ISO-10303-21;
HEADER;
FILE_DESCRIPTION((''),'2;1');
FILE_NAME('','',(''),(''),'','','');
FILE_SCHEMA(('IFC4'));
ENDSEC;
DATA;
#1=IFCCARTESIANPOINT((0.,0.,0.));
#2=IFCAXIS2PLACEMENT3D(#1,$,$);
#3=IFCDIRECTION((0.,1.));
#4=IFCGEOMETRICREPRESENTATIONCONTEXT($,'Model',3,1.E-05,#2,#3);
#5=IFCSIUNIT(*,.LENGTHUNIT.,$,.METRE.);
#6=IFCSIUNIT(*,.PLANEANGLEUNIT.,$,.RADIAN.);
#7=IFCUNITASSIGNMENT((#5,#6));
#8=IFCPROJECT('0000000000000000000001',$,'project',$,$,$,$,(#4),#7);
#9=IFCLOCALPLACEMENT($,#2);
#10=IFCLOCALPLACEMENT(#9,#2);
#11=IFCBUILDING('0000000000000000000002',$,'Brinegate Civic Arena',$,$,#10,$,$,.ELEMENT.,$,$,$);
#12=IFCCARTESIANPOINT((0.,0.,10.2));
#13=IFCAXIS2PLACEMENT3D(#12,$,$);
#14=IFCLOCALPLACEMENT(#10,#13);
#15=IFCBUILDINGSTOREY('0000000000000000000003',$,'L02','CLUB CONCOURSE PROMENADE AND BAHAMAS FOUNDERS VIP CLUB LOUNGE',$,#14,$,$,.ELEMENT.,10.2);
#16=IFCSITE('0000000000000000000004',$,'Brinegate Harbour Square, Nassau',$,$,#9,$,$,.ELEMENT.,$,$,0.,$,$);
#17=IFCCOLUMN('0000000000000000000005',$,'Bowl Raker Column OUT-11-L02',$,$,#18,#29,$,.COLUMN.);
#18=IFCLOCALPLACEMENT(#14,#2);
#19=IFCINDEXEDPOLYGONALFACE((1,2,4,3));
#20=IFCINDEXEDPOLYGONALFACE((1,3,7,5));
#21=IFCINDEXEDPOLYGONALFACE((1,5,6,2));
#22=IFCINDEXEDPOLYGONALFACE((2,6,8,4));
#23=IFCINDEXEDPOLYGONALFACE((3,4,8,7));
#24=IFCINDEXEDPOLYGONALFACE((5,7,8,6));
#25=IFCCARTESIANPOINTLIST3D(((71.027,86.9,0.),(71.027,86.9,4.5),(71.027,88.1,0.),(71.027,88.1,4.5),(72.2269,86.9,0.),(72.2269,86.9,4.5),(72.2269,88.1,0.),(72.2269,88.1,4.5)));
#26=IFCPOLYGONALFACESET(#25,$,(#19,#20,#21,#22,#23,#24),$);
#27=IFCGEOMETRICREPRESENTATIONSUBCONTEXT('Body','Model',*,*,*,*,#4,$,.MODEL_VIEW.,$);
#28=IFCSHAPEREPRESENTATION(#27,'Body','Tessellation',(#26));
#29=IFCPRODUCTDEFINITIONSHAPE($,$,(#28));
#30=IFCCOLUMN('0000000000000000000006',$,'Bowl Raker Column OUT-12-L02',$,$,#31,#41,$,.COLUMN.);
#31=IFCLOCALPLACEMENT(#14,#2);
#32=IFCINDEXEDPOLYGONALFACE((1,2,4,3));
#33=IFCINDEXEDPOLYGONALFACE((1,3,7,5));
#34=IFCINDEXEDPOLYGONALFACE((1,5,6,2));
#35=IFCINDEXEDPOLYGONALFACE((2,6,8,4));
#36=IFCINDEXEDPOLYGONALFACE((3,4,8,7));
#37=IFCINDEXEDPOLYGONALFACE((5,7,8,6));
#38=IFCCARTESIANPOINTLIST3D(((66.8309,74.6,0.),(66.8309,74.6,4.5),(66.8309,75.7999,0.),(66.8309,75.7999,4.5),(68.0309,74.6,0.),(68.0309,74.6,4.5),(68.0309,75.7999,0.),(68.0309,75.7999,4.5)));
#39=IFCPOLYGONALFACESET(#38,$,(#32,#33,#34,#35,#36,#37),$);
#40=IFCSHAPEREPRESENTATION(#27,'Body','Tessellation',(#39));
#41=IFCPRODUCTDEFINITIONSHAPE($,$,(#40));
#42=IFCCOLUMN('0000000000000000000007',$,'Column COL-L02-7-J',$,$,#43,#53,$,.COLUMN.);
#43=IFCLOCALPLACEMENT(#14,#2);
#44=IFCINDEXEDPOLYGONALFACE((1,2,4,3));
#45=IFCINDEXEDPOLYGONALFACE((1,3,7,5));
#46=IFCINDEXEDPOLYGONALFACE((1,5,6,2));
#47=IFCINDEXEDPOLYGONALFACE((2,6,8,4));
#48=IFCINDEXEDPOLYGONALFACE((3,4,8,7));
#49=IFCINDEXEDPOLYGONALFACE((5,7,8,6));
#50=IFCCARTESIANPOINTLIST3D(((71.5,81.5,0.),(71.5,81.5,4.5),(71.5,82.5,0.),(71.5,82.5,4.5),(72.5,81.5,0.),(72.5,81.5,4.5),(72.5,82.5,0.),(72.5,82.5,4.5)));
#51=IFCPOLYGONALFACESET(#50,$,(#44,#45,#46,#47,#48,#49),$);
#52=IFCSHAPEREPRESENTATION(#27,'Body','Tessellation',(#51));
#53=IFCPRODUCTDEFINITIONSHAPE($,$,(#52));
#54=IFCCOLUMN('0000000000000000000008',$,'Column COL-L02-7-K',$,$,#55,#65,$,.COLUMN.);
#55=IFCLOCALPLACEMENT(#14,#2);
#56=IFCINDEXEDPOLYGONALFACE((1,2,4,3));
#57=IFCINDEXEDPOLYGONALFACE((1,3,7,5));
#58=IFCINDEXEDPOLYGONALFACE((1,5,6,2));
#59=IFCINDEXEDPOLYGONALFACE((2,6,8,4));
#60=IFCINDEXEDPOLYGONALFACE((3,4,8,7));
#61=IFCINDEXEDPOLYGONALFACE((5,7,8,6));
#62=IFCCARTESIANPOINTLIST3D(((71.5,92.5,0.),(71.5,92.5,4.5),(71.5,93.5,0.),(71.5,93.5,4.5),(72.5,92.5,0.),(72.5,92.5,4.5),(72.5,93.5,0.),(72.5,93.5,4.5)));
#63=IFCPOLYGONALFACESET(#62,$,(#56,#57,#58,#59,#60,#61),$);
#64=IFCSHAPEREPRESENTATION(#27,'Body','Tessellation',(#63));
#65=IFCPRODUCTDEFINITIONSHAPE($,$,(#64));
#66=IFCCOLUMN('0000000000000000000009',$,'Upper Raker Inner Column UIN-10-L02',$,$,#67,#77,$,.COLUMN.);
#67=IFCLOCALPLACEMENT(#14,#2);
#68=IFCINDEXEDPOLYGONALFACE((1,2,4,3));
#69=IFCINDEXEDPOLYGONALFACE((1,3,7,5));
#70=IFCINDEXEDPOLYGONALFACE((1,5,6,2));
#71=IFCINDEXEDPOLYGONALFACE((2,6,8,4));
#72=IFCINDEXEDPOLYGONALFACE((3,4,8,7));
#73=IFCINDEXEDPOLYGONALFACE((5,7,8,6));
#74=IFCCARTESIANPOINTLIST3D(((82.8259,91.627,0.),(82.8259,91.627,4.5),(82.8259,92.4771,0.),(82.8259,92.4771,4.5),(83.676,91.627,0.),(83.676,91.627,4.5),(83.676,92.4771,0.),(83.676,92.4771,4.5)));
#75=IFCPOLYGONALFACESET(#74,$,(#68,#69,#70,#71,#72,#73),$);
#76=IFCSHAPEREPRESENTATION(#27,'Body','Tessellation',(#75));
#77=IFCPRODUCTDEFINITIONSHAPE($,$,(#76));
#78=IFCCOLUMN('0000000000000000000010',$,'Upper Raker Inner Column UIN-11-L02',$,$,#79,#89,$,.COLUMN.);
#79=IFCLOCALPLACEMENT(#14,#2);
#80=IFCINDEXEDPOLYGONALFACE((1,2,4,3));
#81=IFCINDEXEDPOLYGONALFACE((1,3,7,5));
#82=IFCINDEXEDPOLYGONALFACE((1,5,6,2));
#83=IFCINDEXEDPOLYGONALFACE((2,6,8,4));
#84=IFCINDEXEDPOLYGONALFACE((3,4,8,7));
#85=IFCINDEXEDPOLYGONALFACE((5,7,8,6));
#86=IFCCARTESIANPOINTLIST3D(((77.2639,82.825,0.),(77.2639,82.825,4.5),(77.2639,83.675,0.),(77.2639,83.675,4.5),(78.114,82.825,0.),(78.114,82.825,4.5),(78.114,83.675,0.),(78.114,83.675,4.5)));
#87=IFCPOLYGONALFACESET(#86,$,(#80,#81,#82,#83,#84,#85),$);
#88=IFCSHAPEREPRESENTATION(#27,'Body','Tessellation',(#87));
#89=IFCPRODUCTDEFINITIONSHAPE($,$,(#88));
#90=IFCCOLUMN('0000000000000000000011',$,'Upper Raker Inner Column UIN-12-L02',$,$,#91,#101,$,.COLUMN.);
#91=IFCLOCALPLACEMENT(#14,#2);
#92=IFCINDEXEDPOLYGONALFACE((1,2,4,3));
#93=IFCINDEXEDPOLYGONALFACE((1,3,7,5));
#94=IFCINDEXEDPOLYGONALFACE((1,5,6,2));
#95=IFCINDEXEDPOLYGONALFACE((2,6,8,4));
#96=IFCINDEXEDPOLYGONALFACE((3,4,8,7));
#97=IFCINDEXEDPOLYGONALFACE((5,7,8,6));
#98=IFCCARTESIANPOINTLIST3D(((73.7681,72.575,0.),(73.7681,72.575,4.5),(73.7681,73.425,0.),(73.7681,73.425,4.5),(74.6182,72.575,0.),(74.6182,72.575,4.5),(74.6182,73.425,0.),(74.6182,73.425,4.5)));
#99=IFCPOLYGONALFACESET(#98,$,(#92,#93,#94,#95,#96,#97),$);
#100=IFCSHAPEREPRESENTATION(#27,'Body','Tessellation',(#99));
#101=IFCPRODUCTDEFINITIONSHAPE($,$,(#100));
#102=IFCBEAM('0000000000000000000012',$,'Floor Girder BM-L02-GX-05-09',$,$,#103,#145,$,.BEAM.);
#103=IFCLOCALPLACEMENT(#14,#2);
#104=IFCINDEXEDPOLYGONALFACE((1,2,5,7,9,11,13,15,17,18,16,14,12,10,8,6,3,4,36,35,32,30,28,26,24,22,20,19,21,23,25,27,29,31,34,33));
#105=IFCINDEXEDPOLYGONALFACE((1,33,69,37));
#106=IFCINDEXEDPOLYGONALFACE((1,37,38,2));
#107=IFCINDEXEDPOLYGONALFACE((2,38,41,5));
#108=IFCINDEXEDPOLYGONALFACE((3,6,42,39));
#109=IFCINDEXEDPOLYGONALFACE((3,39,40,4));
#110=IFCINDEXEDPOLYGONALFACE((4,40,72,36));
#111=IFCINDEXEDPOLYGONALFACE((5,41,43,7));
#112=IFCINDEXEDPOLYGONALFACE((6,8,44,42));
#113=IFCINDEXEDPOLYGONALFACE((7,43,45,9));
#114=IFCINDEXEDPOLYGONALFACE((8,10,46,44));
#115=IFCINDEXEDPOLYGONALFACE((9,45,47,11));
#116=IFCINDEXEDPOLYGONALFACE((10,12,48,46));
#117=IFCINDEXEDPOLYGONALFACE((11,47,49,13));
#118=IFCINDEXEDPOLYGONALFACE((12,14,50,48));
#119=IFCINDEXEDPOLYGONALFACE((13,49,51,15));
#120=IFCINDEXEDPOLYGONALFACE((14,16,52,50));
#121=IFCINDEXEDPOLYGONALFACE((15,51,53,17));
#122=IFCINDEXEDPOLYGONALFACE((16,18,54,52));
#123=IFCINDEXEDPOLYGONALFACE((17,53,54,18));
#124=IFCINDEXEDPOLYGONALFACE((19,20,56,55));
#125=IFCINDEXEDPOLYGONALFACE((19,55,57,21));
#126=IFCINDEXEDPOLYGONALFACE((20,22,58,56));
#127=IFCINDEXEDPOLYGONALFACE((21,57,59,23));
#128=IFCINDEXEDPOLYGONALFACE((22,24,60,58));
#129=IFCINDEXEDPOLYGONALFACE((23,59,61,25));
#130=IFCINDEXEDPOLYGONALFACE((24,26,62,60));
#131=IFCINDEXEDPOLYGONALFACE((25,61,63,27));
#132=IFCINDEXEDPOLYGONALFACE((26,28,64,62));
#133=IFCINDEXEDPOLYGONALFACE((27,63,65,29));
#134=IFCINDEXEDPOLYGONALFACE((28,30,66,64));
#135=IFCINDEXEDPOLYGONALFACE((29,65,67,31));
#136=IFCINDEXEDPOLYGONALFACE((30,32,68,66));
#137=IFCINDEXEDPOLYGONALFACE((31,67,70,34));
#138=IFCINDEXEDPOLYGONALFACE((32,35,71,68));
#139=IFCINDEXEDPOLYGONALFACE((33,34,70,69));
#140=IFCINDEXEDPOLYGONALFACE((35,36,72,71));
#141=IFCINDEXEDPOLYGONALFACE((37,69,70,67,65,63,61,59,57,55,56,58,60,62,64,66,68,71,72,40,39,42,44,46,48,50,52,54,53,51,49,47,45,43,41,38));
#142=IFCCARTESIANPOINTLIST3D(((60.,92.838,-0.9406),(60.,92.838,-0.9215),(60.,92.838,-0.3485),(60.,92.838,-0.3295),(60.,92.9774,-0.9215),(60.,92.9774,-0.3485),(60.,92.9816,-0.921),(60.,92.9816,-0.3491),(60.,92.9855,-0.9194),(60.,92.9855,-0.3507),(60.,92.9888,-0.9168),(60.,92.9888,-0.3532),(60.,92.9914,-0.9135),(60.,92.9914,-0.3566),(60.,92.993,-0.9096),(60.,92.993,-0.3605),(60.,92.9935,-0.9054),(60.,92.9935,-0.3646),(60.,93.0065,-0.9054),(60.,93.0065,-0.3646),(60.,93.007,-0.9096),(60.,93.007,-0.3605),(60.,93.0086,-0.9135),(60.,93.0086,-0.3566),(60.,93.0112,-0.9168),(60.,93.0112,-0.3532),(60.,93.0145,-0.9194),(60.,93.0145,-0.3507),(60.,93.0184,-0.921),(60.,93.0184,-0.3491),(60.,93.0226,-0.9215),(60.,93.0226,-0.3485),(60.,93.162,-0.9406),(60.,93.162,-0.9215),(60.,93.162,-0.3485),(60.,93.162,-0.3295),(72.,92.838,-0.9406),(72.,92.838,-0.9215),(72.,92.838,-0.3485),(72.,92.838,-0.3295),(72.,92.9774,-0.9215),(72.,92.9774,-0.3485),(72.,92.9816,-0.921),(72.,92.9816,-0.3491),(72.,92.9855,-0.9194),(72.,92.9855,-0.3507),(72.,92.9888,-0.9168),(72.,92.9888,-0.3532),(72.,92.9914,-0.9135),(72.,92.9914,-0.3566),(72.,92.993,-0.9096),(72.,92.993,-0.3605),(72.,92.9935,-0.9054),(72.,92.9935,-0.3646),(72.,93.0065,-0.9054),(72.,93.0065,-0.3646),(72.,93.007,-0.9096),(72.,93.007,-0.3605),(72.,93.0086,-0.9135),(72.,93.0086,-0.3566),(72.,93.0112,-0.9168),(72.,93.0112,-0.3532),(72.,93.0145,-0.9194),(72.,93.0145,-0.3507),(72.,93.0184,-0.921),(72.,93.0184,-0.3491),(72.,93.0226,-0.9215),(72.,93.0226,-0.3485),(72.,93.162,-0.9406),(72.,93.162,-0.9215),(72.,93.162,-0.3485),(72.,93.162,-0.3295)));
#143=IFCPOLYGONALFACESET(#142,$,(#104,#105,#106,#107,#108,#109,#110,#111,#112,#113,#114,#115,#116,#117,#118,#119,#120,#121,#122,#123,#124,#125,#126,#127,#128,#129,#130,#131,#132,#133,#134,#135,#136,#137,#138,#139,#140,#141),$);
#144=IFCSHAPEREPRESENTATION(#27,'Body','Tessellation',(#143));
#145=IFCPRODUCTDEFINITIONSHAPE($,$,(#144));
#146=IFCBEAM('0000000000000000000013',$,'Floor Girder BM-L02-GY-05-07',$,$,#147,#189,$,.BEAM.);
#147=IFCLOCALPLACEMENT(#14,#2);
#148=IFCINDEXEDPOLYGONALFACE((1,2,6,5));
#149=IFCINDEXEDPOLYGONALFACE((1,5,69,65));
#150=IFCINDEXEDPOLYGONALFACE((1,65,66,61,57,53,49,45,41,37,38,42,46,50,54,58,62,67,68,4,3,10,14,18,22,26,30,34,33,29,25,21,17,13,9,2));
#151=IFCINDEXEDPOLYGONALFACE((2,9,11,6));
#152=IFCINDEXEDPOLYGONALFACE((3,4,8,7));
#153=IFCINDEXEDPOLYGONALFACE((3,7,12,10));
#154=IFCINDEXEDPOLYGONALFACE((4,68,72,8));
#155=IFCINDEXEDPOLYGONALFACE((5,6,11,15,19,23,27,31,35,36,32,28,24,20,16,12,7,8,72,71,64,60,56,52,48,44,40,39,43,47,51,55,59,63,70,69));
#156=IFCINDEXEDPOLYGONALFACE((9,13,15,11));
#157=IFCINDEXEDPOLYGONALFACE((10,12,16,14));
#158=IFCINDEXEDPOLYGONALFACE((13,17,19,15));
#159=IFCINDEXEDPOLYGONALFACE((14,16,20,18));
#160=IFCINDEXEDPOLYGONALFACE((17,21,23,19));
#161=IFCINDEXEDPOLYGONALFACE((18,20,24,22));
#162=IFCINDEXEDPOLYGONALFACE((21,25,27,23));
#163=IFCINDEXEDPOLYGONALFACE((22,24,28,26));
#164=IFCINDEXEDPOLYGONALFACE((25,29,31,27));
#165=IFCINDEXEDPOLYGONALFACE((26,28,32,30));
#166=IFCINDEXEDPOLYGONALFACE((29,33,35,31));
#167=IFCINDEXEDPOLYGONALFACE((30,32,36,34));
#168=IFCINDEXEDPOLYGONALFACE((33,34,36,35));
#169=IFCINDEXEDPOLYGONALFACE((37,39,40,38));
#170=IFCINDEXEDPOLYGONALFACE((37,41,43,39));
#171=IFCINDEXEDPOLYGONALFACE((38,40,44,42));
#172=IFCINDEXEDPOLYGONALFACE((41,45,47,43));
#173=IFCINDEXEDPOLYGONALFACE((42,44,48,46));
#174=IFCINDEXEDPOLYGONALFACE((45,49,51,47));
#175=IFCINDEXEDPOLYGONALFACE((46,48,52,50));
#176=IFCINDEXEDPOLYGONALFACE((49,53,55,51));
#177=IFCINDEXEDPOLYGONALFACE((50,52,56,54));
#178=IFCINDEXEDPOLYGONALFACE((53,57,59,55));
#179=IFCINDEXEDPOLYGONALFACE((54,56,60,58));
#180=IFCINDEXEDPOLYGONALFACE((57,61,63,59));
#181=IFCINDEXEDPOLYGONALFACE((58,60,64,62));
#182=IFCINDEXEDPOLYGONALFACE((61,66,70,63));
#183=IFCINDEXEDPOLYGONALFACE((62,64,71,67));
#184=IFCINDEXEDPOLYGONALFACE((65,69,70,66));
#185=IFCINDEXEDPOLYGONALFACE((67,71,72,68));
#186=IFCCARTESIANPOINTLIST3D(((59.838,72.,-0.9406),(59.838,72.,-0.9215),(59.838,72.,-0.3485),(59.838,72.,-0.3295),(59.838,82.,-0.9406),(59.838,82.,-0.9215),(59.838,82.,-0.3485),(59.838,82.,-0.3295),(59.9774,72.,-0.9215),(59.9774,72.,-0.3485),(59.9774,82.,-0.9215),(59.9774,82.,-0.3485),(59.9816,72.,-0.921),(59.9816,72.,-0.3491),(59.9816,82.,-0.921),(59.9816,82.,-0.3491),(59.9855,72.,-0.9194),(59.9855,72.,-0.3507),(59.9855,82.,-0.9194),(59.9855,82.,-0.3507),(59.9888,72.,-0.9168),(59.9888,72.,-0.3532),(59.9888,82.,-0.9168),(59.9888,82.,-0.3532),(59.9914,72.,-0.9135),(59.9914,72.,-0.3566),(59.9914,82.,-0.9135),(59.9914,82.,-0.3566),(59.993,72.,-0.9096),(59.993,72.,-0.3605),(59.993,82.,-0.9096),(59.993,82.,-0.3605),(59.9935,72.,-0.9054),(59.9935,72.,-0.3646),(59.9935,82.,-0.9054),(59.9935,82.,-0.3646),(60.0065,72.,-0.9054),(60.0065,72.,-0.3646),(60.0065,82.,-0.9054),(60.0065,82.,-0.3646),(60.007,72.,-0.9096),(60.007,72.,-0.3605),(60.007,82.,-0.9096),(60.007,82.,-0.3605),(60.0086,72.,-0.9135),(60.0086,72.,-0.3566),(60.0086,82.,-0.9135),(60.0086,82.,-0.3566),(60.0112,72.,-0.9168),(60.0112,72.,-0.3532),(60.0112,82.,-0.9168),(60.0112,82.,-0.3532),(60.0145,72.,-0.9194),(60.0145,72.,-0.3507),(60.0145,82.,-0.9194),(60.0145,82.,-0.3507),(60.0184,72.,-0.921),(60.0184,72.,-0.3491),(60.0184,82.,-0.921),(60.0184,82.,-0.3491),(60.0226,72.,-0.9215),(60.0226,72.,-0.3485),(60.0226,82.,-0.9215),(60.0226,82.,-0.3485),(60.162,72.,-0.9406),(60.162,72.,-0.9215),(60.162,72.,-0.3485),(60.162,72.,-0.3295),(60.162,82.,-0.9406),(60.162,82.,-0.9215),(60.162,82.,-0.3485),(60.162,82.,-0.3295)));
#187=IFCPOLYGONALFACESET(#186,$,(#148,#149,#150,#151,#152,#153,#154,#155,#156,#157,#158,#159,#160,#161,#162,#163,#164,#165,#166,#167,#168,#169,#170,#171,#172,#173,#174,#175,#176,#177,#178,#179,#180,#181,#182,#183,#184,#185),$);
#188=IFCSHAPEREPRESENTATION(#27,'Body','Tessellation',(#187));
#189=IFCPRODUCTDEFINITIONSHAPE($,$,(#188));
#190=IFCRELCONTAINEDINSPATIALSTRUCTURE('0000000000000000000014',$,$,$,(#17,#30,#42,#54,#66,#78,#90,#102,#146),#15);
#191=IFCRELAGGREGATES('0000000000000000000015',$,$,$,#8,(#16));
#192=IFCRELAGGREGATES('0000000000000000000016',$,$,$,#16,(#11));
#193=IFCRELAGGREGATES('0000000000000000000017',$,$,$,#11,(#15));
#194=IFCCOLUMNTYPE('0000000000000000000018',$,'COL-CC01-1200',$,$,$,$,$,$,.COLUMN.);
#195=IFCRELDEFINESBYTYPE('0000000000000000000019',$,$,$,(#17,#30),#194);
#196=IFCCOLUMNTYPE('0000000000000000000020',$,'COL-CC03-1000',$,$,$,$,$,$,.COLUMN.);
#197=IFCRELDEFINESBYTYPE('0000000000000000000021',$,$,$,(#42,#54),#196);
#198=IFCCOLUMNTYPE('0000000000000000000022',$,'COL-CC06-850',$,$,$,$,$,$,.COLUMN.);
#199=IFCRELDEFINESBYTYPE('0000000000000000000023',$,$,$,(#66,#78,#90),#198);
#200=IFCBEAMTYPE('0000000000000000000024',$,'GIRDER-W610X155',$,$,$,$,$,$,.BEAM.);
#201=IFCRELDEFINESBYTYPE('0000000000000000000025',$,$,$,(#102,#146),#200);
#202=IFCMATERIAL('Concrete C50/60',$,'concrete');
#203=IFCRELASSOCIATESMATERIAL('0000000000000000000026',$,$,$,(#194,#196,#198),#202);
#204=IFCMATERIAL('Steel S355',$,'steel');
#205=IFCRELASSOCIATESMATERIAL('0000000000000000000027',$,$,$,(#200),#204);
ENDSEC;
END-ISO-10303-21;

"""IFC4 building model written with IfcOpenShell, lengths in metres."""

from ifc_helpers import new_model, si_unit, direction, frame, origin, origin_2d, place, context, subcontext, project, spatial, rectangle, i_section, extrude, material, material_profile, profile_set, type_object, element, save


model = new_model("IFC4")

# Units and contexts
model_context = context("Model", 3, precision=1e-05, world=origin(), true_north=direction((0.0, 1.0)))
body_context = subcontext(model_context, "Body", "Model", "MODEL_VIEW")
ifc_project = project(units=[si_unit("LENGTHUNIT", "METRE"), si_unit("PLANEANGLEUNIT", "RADIAN")], contexts=[model_context])

# Site, building, storey
site_placement = place(None, origin())
site = spatial("IfcSite", under=ifc_project, at=site_placement, Name="Brinegate Harbour Square, Nassau", CompositionType="ELEMENT", RefElevation=0.0)
building_placement = place(site_placement, origin())
building = spatial("IfcBuilding", under=site, at=building_placement, Name="Brinegate Civic Arena", CompositionType="ELEMENT")
storey_placement = place(building_placement, frame((0.0, 0.0, 10.2)))
storey = spatial("IfcBuildingStorey", under=building, at=storey_placement, Name="L02", Description="CLUB CONCOURSE PROMENADE AND BAHAMAS FOUNDERS VIP CLUB LOUNGE", CompositionType="ELEMENT", Elevation=10.2)

# Columns
ifc_material_1 = material(Name="Concrete C50/60", Category="concrete")
ifc_material_profile_1 = material_profile(ifc_material_1, rectangle(XDim=1.2, YDim=1.2, at=origin_2d()), Name="RC1200X1200")
ifc_profile_set_1 = profile_set([ifc_material_profile_1], Name="Concrete C50/60")
column_type_1 = type_object("IfcColumnType", Name="COL-CC01-1200", PredefinedType="COLUMN", material=ifc_profile_set_1)
for number, where, z_axis, x_axis, name in (
    (1, (71.627, 87.5, 0.0), (0.0, 0.0, 1.0), (1.0, 0.0, 0.0), "Bowl Raker Column OUT-11-L02"),
    (2, (67.4309, 75.2, 0.0), (0.0, 0.0, 1.0), (1.0, 0.0, 0.0), "Bowl Raker Column OUT-12-L02"),
):
    element("IfcColumn", number, at=place(storey_placement, frame(where, z_axis=z_axis, x_axis=x_axis)), inside=storey, type_object=column_type_1, Name=name, PredefinedType="COLUMN", context=body_context, shape_type="SweptSolid", body=[
        extrude(rectangle(XDim=1.2, YDim=1.2, at=origin_2d()), origin(), (0.0, 0.0, 1.0), 4.5),
    ])
ifc_material_profile_2 = material_profile(ifc_material_1, rectangle(XDim=1.0, YDim=1.0, at=origin_2d()), Name="RC1000X1000")
ifc_profile_set_2 = profile_set([ifc_material_profile_2], Name="Concrete C50/60")
column_type_2 = type_object("IfcColumnType", Name="COL-CC03-1000", PredefinedType="COLUMN", material=ifc_profile_set_2)
for number, where, z_axis, x_axis, name in (
    (3, (72.0, 82.0, 0.0), (0.0, 0.0, 1.0), (1.0, 0.0, 0.0), "Column COL-L02-7-J"),
    (4, (72.0, 93.0, 0.0), (0.0, 0.0, 1.0), (1.0, 0.0, 0.0), "Column COL-L02-7-K"),
):
    element("IfcColumn", number, at=place(storey_placement, frame(where, z_axis=z_axis, x_axis=x_axis)), inside=storey, type_object=column_type_2, Name=name, PredefinedType="COLUMN", context=body_context, shape_type="SweptSolid", body=[
        extrude(rectangle(XDim=1.0, YDim=1.0, at=origin_2d()), origin(), (0.0, 0.0, 1.0), 4.5),
    ])
ifc_material_profile_3 = material_profile(ifc_material_1, rectangle(XDim=0.8501, YDim=0.8501, at=origin_2d()), Name="RC850X850")
ifc_profile_set_3 = profile_set([ifc_material_profile_3], Name="Concrete C50/60")
column_type_3 = type_object("IfcColumnType", Name="COL-CC06-850", PredefinedType="COLUMN", material=ifc_profile_set_3)
for number, where, z_axis, x_axis, name in (
    (5, (83.251, 92.052, 0.0), (0.0, 0.0, 1.0), (1.0, 0.0, 0.0), "Upper Raker Inner Column UIN-10-L02"),
    (6, (77.689, 83.25, 0.0), (0.0, 0.0, 1.0), (1.0, 0.0, 0.0), "Upper Raker Inner Column UIN-11-L02"),
    (7, (74.1931, 73.0, 0.0), (0.0, 0.0, 1.0), (1.0, 0.0, 0.0), "Upper Raker Inner Column UIN-12-L02"),
):
    element("IfcColumn", number, at=place(storey_placement, frame(where, z_axis=z_axis, x_axis=x_axis)), inside=storey, type_object=column_type_3, Name=name, PredefinedType="COLUMN", context=body_context, shape_type="SweptSolid", body=[
        extrude(rectangle(XDim=0.8501, YDim=0.8501, at=origin_2d()), origin(), (0.0, 0.0, 1.0), 4.5),
    ])

# Beams
ifc_material_2 = material(Name="Steel S355", Category="steel")
ifc_material_profile_4 = material_profile(ifc_material_2, i_section(OverallWidth=0.324, OverallDepth=0.6111, WebThickness=0.0129, FlangeThickness=0.019, FilletRadius=0.0161, at=origin_2d()), Name="W610X155")
ifc_profile_set_4 = profile_set([ifc_material_profile_4], Name="Steel S355")
beam_type_1 = type_object("IfcBeamType", Name="GIRDER-W610X155", PredefinedType="BEAM", material=ifc_profile_set_4)
beam_1_placement = place(storey_placement, frame((60.0, 93.0, -0.635), z_axis=(1.0, 0.0, 0.0), x_axis=(0.0, 1.0, 0.0)))
element("IfcBeam", 8, at=beam_1_placement, inside=storey, type_object=beam_type_1, Name="Floor Girder BM-L02-GX-05-09", PredefinedType="BEAM", context=body_context, shape_type="SweptSolid", body=[
    extrude(i_section(OverallWidth=0.324, OverallDepth=0.6111, WebThickness=0.0129, FlangeThickness=0.019, FilletRadius=0.0161, at=origin_2d()), origin(), (0.0, 0.0, 1.0), 12.0),
])
beam_2_placement = place(storey_placement, frame((60.0, 72.0, -0.635), z_axis=(0.0, 1.0, 0.0), x_axis=(-1.0, 0.0, 0.0)))
element("IfcBeam", 9, at=beam_2_placement, inside=storey, type_object=beam_type_1, Name="Floor Girder BM-L02-GY-05-07", PredefinedType="BEAM", context=body_context, shape_type="SweptSolid", body=[
    extrude(i_section(OverallWidth=0.324, OverallDepth=0.6111, WebThickness=0.0129, FlangeThickness=0.019, FilletRadius=0.0161, at=origin_2d()), origin(), (0.0, 0.0, 1.0), 10.0),
])

save(model, "model.ifc")
